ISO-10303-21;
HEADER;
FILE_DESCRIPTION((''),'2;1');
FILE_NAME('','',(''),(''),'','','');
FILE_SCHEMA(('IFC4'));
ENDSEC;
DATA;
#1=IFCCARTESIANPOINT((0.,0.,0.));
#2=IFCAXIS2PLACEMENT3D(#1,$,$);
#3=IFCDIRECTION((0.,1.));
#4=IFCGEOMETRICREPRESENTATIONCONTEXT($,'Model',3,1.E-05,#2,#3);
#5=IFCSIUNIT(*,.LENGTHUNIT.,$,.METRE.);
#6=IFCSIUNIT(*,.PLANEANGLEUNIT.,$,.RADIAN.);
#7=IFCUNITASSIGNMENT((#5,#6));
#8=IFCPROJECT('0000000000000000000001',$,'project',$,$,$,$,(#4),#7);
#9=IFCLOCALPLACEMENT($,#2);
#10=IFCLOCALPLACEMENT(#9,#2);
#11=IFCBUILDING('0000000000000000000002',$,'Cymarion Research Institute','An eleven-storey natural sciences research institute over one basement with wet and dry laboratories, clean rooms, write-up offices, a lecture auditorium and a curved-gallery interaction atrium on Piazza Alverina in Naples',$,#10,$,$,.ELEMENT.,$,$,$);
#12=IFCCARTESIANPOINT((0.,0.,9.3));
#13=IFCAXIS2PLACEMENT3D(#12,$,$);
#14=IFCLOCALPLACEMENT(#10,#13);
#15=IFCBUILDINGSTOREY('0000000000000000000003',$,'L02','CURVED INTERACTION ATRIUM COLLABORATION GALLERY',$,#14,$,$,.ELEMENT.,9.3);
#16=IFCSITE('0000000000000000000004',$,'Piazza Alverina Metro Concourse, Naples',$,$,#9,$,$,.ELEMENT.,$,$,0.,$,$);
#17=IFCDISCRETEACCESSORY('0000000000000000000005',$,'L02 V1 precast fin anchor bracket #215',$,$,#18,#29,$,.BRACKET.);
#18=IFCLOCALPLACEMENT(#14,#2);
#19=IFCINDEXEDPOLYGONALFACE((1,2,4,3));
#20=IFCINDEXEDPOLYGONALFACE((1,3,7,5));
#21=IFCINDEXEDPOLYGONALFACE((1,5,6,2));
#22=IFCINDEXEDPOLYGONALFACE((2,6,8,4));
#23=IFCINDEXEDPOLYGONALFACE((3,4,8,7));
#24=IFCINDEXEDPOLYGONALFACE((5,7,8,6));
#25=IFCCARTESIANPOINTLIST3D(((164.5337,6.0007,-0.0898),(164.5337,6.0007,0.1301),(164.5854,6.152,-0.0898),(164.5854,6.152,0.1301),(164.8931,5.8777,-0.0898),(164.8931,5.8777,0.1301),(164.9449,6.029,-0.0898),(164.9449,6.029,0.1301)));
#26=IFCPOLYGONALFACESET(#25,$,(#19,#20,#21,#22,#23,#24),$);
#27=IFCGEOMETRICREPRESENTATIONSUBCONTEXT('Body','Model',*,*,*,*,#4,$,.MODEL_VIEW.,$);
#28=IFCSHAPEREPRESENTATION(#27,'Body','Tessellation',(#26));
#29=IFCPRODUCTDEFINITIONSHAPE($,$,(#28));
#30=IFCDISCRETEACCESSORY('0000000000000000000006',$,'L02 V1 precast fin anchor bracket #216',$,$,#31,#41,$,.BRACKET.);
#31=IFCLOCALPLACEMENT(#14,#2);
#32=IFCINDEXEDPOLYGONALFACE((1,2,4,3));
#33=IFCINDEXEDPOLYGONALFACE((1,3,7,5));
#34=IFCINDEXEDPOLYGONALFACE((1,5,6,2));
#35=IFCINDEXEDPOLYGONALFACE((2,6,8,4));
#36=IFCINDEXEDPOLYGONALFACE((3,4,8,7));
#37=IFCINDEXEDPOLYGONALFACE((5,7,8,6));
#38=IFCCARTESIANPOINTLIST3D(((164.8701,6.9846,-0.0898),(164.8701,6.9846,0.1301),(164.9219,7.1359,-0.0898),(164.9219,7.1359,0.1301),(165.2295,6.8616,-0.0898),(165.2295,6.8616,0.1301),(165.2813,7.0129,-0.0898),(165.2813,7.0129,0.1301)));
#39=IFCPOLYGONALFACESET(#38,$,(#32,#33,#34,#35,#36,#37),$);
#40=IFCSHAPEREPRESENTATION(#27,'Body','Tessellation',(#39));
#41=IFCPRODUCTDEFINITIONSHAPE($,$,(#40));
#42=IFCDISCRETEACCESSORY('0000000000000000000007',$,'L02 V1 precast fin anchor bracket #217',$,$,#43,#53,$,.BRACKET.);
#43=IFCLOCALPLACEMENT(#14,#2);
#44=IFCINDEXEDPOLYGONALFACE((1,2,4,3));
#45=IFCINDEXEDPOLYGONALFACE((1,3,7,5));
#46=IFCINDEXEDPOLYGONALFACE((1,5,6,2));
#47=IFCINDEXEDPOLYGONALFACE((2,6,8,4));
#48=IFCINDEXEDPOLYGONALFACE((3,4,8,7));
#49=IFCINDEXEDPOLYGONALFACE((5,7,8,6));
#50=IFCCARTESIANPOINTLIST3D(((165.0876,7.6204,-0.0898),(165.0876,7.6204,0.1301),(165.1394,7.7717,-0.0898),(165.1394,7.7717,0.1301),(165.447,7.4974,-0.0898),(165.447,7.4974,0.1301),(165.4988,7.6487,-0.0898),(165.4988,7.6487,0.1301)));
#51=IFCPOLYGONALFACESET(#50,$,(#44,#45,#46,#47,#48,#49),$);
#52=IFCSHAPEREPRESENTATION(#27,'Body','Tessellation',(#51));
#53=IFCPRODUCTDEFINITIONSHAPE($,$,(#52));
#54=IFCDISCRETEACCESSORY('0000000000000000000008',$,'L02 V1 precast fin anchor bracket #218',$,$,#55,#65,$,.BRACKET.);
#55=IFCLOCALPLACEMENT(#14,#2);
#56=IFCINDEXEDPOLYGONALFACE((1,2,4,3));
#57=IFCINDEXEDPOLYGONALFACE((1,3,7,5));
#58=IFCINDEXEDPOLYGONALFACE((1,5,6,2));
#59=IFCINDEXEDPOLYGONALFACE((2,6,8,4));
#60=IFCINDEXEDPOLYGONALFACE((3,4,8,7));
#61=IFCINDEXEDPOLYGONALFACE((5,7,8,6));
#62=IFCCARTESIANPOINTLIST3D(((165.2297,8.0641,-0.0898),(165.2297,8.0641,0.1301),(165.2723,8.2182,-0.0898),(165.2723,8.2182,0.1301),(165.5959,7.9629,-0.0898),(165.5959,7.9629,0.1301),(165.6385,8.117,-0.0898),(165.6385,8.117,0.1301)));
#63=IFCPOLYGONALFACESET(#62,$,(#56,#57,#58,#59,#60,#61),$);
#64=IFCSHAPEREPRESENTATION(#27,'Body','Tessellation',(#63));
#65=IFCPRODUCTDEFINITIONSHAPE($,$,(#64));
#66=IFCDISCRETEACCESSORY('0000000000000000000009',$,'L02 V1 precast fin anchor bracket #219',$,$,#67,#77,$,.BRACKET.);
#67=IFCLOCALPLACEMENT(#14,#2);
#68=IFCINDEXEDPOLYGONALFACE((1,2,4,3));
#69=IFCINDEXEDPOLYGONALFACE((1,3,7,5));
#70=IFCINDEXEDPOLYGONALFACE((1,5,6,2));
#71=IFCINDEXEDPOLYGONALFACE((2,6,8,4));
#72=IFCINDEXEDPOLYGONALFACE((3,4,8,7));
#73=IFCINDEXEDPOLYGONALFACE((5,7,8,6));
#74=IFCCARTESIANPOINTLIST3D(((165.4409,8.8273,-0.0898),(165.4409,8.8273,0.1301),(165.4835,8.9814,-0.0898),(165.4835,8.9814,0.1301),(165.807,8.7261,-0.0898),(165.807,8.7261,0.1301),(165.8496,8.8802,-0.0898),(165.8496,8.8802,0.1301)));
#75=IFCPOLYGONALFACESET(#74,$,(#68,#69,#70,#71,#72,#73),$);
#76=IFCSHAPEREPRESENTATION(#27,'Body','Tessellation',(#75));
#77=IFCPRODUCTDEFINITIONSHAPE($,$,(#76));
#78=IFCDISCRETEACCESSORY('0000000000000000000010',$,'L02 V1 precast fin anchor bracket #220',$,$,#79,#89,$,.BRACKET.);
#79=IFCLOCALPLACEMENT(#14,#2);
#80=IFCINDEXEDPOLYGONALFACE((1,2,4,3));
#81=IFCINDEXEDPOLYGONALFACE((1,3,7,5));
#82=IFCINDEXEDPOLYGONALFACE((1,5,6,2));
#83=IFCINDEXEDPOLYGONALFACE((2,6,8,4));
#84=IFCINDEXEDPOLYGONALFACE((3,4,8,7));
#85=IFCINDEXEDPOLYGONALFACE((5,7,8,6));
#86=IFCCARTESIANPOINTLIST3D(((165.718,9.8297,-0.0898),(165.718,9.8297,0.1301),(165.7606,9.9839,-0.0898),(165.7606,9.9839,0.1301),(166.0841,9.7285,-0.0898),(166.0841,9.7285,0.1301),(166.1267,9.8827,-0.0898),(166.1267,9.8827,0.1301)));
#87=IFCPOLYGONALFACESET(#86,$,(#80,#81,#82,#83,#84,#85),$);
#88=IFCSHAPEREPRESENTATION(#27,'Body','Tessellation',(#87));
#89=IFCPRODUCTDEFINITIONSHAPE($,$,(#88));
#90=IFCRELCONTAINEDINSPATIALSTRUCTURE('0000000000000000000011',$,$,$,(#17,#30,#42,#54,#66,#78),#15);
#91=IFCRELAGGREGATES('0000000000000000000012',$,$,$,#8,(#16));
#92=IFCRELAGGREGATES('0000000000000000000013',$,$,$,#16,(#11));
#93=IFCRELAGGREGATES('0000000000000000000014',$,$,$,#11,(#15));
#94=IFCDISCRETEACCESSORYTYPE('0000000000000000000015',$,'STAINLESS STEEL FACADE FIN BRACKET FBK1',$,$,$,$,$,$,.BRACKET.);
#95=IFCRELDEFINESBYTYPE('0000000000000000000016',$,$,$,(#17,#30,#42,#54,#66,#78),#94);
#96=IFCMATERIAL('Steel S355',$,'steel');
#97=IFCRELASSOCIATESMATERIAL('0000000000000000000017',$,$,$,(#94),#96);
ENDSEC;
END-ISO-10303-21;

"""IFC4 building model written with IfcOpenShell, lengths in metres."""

from ifc_helpers import new_model, si_unit, direction, frame, origin, origin_2d, place, context, subcontext, project, spatial, rectangle, extrude, material, type_object, element, save


model = new_model("IFC4")

# Units and contexts
model_context = context("Model", 3, precision=1e-05, world=origin(), true_north=direction((0.0, 1.0)))
body_context = subcontext(model_context, "Body", "Model", "MODEL_VIEW")
ifc_project = project(units=[si_unit("LENGTHUNIT", "METRE"), si_unit("PLANEANGLEUNIT", "RADIAN")], contexts=[model_context])

# Site, building, storey
site_placement = place(None, origin())
site = spatial("IfcSite", under=ifc_project, at=site_placement, Name="Piazza Alverina Metro Concourse, Naples", CompositionType="ELEMENT", RefElevation=0.0)
building_placement = place(site_placement, origin())
building = spatial("IfcBuilding", under=site, at=building_placement, Name="Cymarion Research Institute", Description="An eleven-storey natural sciences research institute over one basement with wet and dry laboratories, clean rooms, write-up offices, a lecture auditorium and a curved-gallery interaction atrium on Piazza Alverina in Naples", CompositionType="ELEMENT")
storey_placement = place(building_placement, frame((0.0, 0.0, 9.3)))
storey = spatial("IfcBuildingStorey", under=building, at=storey_placement, Name="L02", Description="CURVED INTERACTION ATRIUM COLLABORATION GALLERY", CompositionType="ELEMENT", Elevation=9.3)

# Shared definitions
ifc_material_1 = material(Name="Steel S355", Category="steel")

# Discrete accessories
discrete_accessory_type = type_object("IfcDiscreteAccessoryType", Name="STAINLESS STEEL FACADE FIN BRACKET FBK1", PredefinedType="BRACKET", material=ifc_material_1)
for number, where, z_axis, x_axis, name in (
    (1, (164.7393, 6.0149, -0.0898), (0.0, 0.0, 1.0), (0.946142, -0.323752, 0.0), "L02 V1 precast fin anchor bracket #215"),
    (2, (165.0757, 6.9988, -0.0898), (0.0, 0.0, 1.0), (0.946142, -0.323752, 0.0), "L02 V1 precast fin anchor bracket #216"),
    (3, (165.2932, 7.6345, -0.0898), (0.0, 0.0, 1.0), (0.946142, -0.323752, 0.0), "L02 V1 precast fin anchor bracket #217"),
    (4, (165.4341, 8.0906, -0.0898), (0.0, 0.0, 1.0), (0.963863, -0.266397, 0.0), "L02 V1 precast fin anchor bracket #218"),
    (5, (165.6453, 8.8538, -0.0898), (0.0, 0.0, 1.0), (0.963863, -0.266397, 0.0), "L02 V1 precast fin anchor bracket #219"),
    (6, (165.9224, 9.8562, -0.0898), (0.0, 0.0, 1.0), (0.963863, -0.266397, 0.0), "L02 V1 precast fin anchor bracket #220"),
):
    element("IfcDiscreteAccessory", number, at=place(storey_placement, frame(where, z_axis=z_axis, x_axis=x_axis)), inside=storey, type_object=discrete_accessory_type, Name=name, PredefinedType="BRACKET", context=body_context, shape_type="SweptSolid", body=[
        extrude(rectangle(XDim=0.3799, YDim=0.1599, at=origin_2d()), origin(), (0.0, 0.0, 1.0), 0.22),
    ])

save(model, "model.ifc")
